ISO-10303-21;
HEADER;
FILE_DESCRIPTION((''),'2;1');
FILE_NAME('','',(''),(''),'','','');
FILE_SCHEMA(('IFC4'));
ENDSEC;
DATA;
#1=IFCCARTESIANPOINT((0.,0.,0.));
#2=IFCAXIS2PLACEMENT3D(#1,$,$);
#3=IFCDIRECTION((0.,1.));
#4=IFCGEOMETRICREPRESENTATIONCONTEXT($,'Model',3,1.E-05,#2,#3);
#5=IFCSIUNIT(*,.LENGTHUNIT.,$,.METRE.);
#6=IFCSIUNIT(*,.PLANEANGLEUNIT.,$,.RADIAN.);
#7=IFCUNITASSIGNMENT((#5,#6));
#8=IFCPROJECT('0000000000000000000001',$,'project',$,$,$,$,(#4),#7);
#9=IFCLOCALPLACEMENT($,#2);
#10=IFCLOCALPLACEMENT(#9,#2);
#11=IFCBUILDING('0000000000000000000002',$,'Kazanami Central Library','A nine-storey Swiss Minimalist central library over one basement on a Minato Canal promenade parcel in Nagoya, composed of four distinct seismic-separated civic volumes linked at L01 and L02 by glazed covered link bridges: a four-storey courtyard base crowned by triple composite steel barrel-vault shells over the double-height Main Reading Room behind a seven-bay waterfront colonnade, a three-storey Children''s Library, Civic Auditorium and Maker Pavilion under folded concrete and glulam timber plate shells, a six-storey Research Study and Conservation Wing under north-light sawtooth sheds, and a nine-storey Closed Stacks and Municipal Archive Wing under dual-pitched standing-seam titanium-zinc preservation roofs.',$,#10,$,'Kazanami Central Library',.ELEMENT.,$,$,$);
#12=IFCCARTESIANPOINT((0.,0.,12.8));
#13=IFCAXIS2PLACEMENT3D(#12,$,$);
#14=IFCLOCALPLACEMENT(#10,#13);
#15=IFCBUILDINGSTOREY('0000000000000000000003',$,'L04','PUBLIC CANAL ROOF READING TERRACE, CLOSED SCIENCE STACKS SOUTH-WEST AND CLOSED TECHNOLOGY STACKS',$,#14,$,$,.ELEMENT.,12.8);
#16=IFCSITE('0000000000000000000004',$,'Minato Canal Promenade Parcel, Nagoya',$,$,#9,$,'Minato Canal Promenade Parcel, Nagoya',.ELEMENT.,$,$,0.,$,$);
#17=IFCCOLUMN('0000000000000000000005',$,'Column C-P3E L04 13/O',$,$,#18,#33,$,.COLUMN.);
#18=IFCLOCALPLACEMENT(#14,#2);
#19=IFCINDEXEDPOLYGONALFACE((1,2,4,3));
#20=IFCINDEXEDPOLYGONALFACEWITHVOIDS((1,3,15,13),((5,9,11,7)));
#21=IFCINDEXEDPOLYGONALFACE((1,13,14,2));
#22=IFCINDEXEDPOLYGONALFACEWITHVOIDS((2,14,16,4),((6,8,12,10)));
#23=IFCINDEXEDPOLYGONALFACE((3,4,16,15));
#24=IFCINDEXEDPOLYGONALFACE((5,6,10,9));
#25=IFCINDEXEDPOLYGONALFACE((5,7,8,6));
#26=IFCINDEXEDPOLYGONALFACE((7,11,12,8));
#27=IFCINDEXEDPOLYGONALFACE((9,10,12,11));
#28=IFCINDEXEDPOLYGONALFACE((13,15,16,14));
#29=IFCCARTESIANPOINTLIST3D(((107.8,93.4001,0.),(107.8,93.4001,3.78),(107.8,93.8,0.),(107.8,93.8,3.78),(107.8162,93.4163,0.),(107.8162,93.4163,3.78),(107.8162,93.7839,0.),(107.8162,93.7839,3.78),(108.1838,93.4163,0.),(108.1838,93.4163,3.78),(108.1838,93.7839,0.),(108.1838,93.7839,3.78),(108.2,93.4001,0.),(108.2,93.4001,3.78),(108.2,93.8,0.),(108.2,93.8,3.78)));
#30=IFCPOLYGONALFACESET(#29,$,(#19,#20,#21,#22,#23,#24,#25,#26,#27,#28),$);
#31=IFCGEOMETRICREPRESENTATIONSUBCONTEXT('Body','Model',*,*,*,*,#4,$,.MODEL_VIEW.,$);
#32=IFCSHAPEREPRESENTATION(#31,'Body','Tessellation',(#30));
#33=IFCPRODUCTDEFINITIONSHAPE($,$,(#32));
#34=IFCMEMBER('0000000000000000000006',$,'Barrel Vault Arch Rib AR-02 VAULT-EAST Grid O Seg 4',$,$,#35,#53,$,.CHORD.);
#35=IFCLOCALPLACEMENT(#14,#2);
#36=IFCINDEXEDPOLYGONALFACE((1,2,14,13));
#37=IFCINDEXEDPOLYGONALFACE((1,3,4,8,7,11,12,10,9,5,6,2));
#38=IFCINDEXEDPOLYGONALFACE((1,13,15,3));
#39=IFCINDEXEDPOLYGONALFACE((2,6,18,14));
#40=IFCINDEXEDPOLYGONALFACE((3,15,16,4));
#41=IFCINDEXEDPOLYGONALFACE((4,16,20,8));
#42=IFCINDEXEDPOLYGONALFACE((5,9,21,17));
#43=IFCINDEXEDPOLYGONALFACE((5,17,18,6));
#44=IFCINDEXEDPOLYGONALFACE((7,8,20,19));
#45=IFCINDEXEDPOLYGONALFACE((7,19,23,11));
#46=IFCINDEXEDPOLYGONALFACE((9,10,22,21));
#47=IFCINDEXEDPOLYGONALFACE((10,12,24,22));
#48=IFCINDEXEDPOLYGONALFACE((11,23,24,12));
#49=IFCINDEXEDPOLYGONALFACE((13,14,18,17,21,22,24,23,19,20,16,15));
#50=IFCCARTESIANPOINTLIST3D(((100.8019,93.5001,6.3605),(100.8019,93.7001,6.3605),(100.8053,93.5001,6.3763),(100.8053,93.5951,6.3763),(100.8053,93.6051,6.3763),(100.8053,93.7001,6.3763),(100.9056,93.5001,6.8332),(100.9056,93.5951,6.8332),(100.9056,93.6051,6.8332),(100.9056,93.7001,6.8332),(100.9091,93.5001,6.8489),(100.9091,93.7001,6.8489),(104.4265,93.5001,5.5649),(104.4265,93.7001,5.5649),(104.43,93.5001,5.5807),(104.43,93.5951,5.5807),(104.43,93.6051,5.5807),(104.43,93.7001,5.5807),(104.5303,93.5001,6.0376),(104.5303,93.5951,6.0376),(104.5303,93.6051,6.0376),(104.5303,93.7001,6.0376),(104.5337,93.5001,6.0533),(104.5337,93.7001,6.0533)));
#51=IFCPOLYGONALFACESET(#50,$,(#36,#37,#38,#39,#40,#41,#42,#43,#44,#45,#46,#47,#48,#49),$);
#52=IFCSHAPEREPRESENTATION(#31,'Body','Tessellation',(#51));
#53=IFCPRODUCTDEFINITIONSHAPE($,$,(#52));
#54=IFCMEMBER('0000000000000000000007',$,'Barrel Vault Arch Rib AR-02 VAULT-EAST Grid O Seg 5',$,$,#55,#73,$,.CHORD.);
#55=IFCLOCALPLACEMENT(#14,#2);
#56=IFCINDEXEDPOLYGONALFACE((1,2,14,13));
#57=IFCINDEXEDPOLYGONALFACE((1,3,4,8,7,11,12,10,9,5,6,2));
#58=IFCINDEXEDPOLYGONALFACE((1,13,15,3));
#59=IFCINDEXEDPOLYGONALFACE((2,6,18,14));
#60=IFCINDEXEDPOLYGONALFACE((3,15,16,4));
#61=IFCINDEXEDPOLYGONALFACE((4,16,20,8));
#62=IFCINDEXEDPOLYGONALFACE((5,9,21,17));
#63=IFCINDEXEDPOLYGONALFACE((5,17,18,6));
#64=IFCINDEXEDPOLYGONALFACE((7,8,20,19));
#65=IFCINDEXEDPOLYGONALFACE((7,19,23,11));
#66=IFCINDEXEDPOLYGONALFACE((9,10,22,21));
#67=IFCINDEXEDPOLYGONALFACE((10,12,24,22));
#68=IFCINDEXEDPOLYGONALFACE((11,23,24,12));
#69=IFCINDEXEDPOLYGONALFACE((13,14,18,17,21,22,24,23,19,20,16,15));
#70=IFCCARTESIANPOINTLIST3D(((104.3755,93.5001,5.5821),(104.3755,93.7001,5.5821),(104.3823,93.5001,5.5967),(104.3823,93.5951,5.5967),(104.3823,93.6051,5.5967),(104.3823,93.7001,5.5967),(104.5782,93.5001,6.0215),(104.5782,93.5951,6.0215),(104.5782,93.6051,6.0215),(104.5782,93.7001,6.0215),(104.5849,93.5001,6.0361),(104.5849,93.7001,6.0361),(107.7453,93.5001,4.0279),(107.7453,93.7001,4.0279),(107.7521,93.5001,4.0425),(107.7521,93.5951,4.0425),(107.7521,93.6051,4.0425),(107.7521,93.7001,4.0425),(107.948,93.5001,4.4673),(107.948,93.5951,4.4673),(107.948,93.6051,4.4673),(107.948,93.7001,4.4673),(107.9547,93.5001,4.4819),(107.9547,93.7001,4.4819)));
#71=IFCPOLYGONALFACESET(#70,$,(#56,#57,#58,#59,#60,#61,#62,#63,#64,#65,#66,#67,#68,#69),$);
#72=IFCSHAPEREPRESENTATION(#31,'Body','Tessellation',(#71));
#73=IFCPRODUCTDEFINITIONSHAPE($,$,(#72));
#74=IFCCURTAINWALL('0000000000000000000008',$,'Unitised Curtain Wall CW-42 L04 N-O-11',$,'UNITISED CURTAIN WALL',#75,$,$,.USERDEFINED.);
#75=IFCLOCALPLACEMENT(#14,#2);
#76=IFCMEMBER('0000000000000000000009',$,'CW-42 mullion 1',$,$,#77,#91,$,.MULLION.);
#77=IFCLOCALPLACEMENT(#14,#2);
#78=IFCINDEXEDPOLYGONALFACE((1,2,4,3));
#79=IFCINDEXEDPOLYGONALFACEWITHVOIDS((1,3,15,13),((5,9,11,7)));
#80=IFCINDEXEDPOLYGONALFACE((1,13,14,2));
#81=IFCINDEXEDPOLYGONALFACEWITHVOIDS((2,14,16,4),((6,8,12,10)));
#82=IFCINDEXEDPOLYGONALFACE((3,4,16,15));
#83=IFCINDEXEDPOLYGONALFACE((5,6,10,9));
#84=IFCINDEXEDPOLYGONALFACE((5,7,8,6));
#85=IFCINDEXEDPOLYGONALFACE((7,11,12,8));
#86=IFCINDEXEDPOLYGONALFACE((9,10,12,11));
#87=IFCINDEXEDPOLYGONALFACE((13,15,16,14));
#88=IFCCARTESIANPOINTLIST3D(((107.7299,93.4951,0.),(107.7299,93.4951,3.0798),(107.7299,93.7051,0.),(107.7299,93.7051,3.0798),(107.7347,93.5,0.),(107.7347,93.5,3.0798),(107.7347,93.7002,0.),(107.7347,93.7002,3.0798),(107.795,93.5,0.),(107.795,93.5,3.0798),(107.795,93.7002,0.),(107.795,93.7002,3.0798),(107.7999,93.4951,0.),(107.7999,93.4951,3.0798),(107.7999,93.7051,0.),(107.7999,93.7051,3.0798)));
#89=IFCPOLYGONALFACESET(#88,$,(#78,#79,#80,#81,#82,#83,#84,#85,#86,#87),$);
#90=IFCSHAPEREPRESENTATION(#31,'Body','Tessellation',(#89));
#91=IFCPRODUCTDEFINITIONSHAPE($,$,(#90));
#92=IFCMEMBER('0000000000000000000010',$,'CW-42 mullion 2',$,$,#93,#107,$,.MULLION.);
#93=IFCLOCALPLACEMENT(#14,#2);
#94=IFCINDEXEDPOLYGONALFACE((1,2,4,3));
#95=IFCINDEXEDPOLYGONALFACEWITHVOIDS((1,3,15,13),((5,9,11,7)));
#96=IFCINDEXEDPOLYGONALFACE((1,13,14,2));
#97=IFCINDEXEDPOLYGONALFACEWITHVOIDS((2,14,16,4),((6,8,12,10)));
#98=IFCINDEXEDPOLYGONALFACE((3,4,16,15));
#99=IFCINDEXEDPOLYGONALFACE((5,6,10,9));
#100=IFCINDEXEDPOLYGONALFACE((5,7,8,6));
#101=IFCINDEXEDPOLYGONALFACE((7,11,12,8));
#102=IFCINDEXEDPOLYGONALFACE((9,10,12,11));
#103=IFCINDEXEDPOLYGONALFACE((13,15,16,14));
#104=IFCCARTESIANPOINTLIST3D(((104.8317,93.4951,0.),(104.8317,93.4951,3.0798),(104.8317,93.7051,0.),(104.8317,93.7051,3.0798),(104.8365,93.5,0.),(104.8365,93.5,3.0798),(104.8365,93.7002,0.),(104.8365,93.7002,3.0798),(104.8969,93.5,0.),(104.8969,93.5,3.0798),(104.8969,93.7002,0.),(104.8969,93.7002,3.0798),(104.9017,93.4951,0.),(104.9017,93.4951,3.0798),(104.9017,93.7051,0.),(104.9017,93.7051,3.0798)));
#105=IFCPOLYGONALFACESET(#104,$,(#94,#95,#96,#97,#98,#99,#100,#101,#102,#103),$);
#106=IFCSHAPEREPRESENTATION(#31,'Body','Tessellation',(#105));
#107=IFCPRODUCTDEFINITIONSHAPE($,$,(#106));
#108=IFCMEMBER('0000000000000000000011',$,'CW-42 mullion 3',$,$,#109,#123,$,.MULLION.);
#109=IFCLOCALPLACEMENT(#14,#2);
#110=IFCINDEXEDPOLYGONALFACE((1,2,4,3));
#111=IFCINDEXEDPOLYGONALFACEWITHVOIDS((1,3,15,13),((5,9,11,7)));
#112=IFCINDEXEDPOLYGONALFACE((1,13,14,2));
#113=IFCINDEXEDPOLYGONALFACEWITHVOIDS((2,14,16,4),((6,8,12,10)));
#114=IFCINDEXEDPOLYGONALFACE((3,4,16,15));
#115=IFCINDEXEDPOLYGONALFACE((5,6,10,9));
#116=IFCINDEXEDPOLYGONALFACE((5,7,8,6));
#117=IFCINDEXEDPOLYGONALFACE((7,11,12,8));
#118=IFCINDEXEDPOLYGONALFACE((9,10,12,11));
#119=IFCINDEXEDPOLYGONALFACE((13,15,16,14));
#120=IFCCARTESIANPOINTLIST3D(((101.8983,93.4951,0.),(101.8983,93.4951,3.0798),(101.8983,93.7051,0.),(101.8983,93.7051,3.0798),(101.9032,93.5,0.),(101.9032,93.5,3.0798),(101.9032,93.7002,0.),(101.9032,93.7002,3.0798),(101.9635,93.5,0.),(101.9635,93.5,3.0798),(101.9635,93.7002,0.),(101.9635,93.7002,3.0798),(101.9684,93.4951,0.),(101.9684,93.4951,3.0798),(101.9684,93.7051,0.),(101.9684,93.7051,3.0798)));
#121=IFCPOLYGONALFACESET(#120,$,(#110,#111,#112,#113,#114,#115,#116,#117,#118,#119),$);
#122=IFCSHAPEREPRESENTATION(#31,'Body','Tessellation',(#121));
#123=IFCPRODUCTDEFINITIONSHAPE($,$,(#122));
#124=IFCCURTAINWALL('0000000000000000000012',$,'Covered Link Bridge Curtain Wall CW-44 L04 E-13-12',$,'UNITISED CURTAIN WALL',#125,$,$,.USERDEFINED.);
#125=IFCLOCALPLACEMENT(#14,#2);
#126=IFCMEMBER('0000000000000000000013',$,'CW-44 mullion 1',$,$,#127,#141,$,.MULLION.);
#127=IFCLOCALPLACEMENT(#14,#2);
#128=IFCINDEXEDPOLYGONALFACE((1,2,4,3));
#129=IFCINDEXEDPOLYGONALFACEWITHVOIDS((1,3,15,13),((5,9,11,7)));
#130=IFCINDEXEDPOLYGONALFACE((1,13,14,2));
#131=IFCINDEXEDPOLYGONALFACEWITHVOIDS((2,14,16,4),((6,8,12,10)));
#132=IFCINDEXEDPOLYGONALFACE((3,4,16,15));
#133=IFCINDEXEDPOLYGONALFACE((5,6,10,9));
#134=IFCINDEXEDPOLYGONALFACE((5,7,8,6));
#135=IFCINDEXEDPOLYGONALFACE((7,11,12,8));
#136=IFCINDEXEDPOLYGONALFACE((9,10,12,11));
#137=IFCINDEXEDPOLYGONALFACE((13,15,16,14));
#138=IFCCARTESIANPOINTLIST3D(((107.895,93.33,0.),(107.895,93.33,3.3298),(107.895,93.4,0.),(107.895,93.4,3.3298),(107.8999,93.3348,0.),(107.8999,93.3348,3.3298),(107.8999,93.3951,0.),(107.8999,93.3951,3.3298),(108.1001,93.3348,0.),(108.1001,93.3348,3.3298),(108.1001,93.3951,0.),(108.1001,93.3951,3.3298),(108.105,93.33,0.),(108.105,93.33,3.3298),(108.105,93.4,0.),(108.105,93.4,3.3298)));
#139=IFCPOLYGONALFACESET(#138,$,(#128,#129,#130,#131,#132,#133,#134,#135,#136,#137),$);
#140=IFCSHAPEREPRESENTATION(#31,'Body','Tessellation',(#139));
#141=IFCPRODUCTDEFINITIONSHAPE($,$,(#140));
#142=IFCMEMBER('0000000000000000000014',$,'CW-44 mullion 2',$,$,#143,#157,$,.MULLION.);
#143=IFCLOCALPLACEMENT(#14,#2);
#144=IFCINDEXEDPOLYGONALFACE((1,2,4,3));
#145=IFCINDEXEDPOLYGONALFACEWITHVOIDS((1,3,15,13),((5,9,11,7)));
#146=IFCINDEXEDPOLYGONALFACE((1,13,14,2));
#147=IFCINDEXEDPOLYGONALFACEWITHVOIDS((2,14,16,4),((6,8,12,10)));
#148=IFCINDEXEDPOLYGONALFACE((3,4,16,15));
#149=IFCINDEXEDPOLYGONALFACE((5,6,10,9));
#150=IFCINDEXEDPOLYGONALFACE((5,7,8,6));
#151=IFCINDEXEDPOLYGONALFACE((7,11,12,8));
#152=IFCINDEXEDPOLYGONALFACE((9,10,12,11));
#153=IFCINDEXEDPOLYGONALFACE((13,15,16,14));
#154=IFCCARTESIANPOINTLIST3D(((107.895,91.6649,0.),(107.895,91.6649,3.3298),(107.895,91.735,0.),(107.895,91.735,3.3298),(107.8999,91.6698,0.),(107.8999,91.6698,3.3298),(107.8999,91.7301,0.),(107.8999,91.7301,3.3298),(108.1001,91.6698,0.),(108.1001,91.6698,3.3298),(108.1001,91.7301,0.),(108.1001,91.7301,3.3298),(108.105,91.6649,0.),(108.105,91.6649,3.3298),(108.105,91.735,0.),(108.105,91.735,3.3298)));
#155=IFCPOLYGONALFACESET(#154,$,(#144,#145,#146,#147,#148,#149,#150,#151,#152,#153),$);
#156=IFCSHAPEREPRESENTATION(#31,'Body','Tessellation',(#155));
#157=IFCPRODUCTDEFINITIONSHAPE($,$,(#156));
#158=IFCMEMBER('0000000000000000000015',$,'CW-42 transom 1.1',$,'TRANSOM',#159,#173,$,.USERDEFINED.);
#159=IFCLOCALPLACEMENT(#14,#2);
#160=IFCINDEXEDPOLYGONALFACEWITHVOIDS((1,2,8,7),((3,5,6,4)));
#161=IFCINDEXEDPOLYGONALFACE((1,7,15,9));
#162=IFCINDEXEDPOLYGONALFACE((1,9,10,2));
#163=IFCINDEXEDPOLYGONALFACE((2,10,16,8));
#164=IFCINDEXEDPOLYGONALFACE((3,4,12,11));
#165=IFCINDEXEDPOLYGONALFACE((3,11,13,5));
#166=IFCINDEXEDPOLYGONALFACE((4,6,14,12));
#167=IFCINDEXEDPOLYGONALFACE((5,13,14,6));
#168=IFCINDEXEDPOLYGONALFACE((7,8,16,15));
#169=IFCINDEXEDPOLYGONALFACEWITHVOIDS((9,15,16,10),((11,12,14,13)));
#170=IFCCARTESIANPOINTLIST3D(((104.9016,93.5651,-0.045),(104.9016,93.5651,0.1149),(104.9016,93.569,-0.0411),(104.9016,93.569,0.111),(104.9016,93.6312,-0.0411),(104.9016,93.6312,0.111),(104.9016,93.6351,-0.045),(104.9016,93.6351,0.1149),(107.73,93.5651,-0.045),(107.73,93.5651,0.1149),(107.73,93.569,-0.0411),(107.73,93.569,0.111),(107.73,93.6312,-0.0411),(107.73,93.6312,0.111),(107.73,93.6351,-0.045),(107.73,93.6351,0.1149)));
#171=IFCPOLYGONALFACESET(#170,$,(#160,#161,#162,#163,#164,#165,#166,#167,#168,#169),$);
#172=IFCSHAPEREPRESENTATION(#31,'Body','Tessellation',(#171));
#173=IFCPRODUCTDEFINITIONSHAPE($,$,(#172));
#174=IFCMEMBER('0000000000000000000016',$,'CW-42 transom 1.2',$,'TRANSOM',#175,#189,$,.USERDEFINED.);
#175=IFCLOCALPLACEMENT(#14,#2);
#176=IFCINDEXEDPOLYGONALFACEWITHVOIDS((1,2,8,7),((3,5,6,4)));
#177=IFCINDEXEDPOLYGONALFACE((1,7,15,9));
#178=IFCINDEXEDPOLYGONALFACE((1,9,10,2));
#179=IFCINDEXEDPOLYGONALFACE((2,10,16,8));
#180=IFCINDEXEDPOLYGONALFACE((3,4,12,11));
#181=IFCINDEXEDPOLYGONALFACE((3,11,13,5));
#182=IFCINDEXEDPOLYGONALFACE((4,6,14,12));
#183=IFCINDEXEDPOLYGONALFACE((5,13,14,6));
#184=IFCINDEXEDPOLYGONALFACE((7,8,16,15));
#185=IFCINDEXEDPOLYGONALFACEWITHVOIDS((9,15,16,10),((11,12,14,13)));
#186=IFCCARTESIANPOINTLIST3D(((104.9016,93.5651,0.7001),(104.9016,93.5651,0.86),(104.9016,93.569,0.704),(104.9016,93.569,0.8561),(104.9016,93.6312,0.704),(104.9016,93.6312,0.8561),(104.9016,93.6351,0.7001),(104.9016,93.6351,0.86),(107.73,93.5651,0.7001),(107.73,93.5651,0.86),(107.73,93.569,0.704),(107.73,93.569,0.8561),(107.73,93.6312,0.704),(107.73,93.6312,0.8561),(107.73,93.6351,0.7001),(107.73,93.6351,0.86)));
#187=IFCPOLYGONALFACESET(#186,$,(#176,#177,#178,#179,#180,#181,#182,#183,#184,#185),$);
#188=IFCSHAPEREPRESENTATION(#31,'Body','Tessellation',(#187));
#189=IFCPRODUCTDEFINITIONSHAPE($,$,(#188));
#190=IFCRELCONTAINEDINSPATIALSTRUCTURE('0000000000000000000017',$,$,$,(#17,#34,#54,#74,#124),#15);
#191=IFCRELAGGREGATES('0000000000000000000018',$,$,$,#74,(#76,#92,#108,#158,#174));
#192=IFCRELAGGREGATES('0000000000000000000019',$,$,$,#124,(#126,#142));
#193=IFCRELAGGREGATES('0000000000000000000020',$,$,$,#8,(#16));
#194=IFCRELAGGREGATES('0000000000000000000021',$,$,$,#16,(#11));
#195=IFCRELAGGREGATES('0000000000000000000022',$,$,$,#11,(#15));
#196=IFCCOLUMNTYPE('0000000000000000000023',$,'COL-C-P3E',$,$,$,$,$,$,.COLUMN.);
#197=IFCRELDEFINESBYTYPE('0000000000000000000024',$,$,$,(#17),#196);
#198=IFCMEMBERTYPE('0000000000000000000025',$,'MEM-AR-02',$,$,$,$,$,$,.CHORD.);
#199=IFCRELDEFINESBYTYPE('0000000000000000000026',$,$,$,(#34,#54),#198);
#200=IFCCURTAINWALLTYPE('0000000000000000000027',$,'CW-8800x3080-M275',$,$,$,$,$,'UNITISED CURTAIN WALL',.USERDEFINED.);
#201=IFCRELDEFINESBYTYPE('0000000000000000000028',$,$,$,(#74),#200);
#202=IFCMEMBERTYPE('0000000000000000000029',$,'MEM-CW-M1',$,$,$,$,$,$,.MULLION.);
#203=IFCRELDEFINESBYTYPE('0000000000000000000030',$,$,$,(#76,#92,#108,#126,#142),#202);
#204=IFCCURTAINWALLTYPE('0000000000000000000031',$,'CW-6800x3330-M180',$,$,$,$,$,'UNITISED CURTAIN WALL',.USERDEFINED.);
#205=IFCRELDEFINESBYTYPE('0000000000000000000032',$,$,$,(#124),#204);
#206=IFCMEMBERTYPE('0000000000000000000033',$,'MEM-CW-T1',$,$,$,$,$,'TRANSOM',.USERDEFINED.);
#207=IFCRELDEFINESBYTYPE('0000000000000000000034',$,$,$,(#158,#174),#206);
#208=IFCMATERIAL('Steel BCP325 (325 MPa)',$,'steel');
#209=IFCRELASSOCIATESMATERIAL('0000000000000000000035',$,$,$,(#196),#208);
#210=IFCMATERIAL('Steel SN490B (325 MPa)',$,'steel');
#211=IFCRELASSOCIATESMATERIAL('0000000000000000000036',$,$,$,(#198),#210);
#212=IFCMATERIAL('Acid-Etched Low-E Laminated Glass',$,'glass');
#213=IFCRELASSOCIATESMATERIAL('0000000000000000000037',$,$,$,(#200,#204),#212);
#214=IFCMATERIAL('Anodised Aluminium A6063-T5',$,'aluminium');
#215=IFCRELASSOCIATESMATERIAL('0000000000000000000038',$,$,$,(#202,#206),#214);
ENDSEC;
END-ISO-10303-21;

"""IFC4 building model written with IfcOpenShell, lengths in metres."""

from ifc_helpers import new_model, si_unit, direction, frame, origin, origin_2d, place, context, subcontext, project, spatial, hollow_rectangle, i_section, extrude, material, material_profile, profile_set, type_object, element, aggregate, save


model = new_model("IFC4")

# Units and contexts
model_context = context("Model", 3, precision=1e-05, world=origin(), true_north=direction((0.0, 1.0)))
body_context = subcontext(model_context, "Body", "Model", "MODEL_VIEW")
ifc_project = project(units=[si_unit("LENGTHUNIT", "METRE"), si_unit("PLANEANGLEUNIT", "RADIAN")], contexts=[model_context])

# Site, building, storey
site_placement = place(None, origin())
site = spatial("IfcSite", under=ifc_project, at=site_placement, Name="Minato Canal Promenade Parcel, Nagoya", LongName="Minato Canal Promenade Parcel, Nagoya", CompositionType="ELEMENT", RefElevation=0.0)
building_placement = place(site_placement, origin())
building = spatial("IfcBuilding", under=site, at=building_placement, Name="Kazanami Central Library", Description="A nine-storey Swiss Minimalist central library over one basement on a Minato Canal promenade parcel in Nagoya, composed of four distinct seismic-separated civic volumes linked at L01 and L02 by glazed covered link bridges: a four-storey courtyard base crowned by triple composite steel barrel-vault shells over the double-height Main Reading Room behind a seven-bay waterfront colonnade, a three-storey Children's Library, Civic Auditorium and Maker Pavilion under folded concrete and glulam timber plate shells, a six-storey Research Study and Conservation Wing under north-light sawtooth sheds, and a nine-storey Closed Stacks and Municipal Archive Wing under dual-pitched standing-seam titanium-zinc preservation roofs.", LongName="Kazanami Central Library", CompositionType="ELEMENT")
storey_placement = place(building_placement, frame((0.0, 0.0, 12.8)))
storey = spatial("IfcBuildingStorey", under=building, at=storey_placement, Name="L04", Description="PUBLIC CANAL ROOF READING TERRACE, CLOSED SCIENCE STACKS SOUTH-WEST AND CLOSED TECHNOLOGY STACKS", CompositionType="ELEMENT", Elevation=12.8)

# Column
ifc_material_1 = material(Name="Steel BCP325 (325 MPa)", Category="steel")
ifc_material_profile_1 = material_profile(ifc_material_1, hollow_rectangle(XDim=0.3999, YDim=0.3999, WallThickness=0.0161, at=origin_2d()), Name="BCP-400x400x16")
ifc_profile_set_1 = profile_set([ifc_material_profile_1], Name="Steel BCP325 (325 MPa)")
column_type = type_object("IfcColumnType", Name="COL-C-P3E", PredefinedType="COLUMN", material=ifc_profile_set_1)
column_placement = place(storey_placement, frame((108.0, 93.6001, 0.0), z_axis=(0.0, 0.0, 1.0), x_axis=(1.0, 0.0, 0.0)))
element("IfcColumn", 1, at=column_placement, inside=storey, type_object=column_type, Name="Column C-P3E L04 13/O", PredefinedType="COLUMN", context=body_context, shape_type="SweptSolid", body=[
    extrude(hollow_rectangle(XDim=0.3999, YDim=0.3999, WallThickness=0.0161, at=origin_2d()), origin(), (0.0, 0.0, 1.0), 3.78),
])

# Members
ifc_material_2 = material(Name="Steel SN490B (325 MPa)", Category="steel")
ifc_material_profile_2 = material_profile(ifc_material_2, i_section(OverallWidth=0.2, OverallDepth=0.5, WebThickness=0.01, FlangeThickness=0.0161, at=origin_2d()), Name="H-500x200x10x16")
ifc_profile_set_2 = profile_set([ifc_material_profile_2], Name="Steel SN490B (325 MPa)")
member_type_1 = type_object("IfcMemberType", Name="MEM-AR-02", PredefinedType="CHORD", material=ifc_profile_set_2)
for number, where, z_axis, x_axis, name in (
    (2, (100.8555, 93.6001, 6.6047), (0.976746, 0.0, -0.214401), (0.0, 1.0, 0.0), "Barrel Vault Arch Rib AR-02 VAULT-EAST Grid O Seg 4"),
    (3, (104.4802, 93.6001, 5.8091), (0.908075, 0.0, -0.418808), (0.0, 1.0, 0.0), "Barrel Vault Arch Rib AR-02 VAULT-EAST Grid O Seg 5"),
):
    element("IfcMember", number, at=place(storey_placement, frame(where, z_axis=z_axis, x_axis=x_axis)), inside=storey, type_object=member_type_1, Name=name, PredefinedType="CHORD", context=body_context, shape_type="SweptSolid", body=[
        extrude(i_section(OverallWidth=0.2, OverallDepth=0.5, WebThickness=0.01, FlangeThickness=0.0161, at=origin_2d()), origin(), (0.0, 0.0, 1.0), 3.7109),
    ])

# Curtain walls, members
ifc_material_3 = material(Name="Acid-Etched Low-E Laminated Glass", Category="glass")
curtain_wall_type_1 = type_object("IfcCurtainWallType", Name="CW-8800x3080-M275", ElementType="UNITISED CURTAIN WALL", PredefinedType="USERDEFINED", material=ifc_material_3)
curtain_wall_1_placement = place(storey_placement, origin())
curtain_wall_1 = element("IfcCurtainWall", 4, at=curtain_wall_1_placement, inside=storey, type_object=curtain_wall_type_1, Name="Unitised Curtain Wall CW-42 L04 N-O-11", ObjectType="UNITISED CURTAIN WALL", PredefinedType="USERDEFINED")
ifc_material_4 = material(Name="Anodised Aluminium A6063-T5", Category="aluminium")
ifc_material_profile_3 = material_profile(ifc_material_4, hollow_rectangle(XDim=0.0701, YDim=0.21, WallThickness=0.0049, at=origin_2d()), Name="ALU-MULL-70x210x5")
ifc_profile_set_3 = profile_set([ifc_material_profile_3], Name="Anodised Aluminium A6063-T5")
member_type_2 = type_object("IfcMemberType", Name="MEM-CW-M1", PredefinedType="MULLION", material=ifc_profile_set_3)
member_1_placement = place(storey_placement, frame((107.7649, 93.6001, 0.0), z_axis=(0.0, 0.0, 1.0), x_axis=(-1.0, 0.0, 0.0)))
member_1 = element("IfcMember", 5, at=member_1_placement, type_object=member_type_2, Name="CW-42 mullion 1", PredefinedType="MULLION", context=body_context, shape_type="SweptSolid", body=[
    extrude(hollow_rectangle(XDim=0.0701, YDim=0.21, WallThickness=0.0049, at=origin_2d()), origin(), (0.0, 0.0, 1.0), 3.0798),
])
member_2_placement = place(storey_placement, frame((104.8667, 93.6001, 0.0), z_axis=(0.0, 0.0, 1.0), x_axis=(-1.0, 0.0, 0.0)))
member_2 = element("IfcMember", 6, at=member_2_placement, type_object=member_type_2, Name="CW-42 mullion 2", PredefinedType="MULLION", context=body_context, shape_type="SweptSolid", body=[
    extrude(hollow_rectangle(XDim=0.0701, YDim=0.21, WallThickness=0.0049, at=origin_2d()), origin(), (0.0, 0.0, 1.0), 3.0798),
])
member_3_placement = place(storey_placement, frame((101.9333, 93.6001, 0.0), z_axis=(0.0, 0.0, 1.0), x_axis=(-1.0, 0.0, 0.0)))
member_3 = element("IfcMember", 7, at=member_3_placement, type_object=member_type_2, Name="CW-42 mullion 3", PredefinedType="MULLION", context=body_context, shape_type="SweptSolid", body=[
    extrude(hollow_rectangle(XDim=0.0701, YDim=0.21, WallThickness=0.0049, at=origin_2d()), origin(), (0.0, 0.0, 1.0), 3.0798),
])
curtain_wall_type_2 = type_object("IfcCurtainWallType", Name="CW-6800x3330-M180", ElementType="UNITISED CURTAIN WALL", PredefinedType="USERDEFINED", material=ifc_material_3)
curtain_wall_2_placement = place(storey_placement, origin())
curtain_wall_2 = element("IfcCurtainWall", 8, at=curtain_wall_2_placement, inside=storey, type_object=curtain_wall_type_2, Name="Covered Link Bridge Curtain Wall CW-44 L04 E-13-12", ObjectType="UNITISED CURTAIN WALL", PredefinedType="USERDEFINED")
member_4_placement = place(storey_placement, frame((108.0, 93.365, 0.0), z_axis=(0.0, 0.0, 1.0), x_axis=(0.0, -1.0, 0.0)))
member_4 = element("IfcMember", 9, at=member_4_placement, type_object=member_type_2, Name="CW-44 mullion 1", PredefinedType="MULLION", context=body_context, shape_type="SweptSolid", body=[
    extrude(hollow_rectangle(XDim=0.0701, YDim=0.21, WallThickness=0.0049, at=origin_2d()), origin(), (0.0, 0.0, 1.0), 3.3298),
])
member_5_placement = place(storey_placement, frame((108.0, 91.7, 0.0), z_axis=(0.0, 0.0, 1.0), x_axis=(0.0, -1.0, 0.0)))
member_5 = element("IfcMember", 10, at=member_5_placement, type_object=member_type_2, Name="CW-44 mullion 2", PredefinedType="MULLION", context=body_context, shape_type="SweptSolid", body=[
    extrude(hollow_rectangle(XDim=0.0701, YDim=0.21, WallThickness=0.0049, at=origin_2d()), origin(), (0.0, 0.0, 1.0), 3.3298),
])

# Members
ifc_material_profile_4 = material_profile(ifc_material_4, hollow_rectangle(XDim=0.0701, YDim=0.1599, WallThickness=0.0039, at=origin_2d()), Name="ALU-TRAN-70x160x4")
ifc_profile_set_4 = profile_set([ifc_material_profile_4], Name="Anodised Aluminium A6063-T5")
member_type_3 = type_object("IfcMemberType", Name="MEM-CW-T1", ElementType="TRANSOM", PredefinedType="USERDEFINED", material=ifc_profile_set_4)
member_6_placement = place(storey_placement, frame((107.73, 93.6001, 0.0349), z_axis=(-1.0, 0.0, 0.0), x_axis=(0.0, -1.0, 0.0)))
member_6 = element("IfcMember", 11, at=member_6_placement, type_object=member_type_3, Name="CW-42 transom 1.1", ObjectType="TRANSOM", PredefinedType="USERDEFINED", context=body_context, shape_type="SweptSolid", body=[
    extrude(hollow_rectangle(XDim=0.0701, YDim=0.1599, WallThickness=0.0039, at=origin_2d()), origin(), (0.0, 0.0, 1.0), 2.8284),
])
member_7_placement = place(storey_placement, frame((107.73, 93.6001, 0.78), z_axis=(-1.0, 0.0, 0.0), x_axis=(0.0, -1.0, 0.0)))
member_7 = element("IfcMember", 12, at=member_7_placement, type_object=member_type_3, Name="CW-42 transom 1.2", ObjectType="TRANSOM", PredefinedType="USERDEFINED", context=body_context, shape_type="SweptSolid", body=[
    extrude(hollow_rectangle(XDim=0.0701, YDim=0.1599, WallThickness=0.0039, at=origin_2d()), origin(), (0.0, 0.0, 1.0), 2.8284),
])

aggregate(curtain_wall_1, [member_1, member_2, member_3, member_6, member_7])
aggregate(curtain_wall_2, [member_4, member_5])

save(model, "model.ifc")
